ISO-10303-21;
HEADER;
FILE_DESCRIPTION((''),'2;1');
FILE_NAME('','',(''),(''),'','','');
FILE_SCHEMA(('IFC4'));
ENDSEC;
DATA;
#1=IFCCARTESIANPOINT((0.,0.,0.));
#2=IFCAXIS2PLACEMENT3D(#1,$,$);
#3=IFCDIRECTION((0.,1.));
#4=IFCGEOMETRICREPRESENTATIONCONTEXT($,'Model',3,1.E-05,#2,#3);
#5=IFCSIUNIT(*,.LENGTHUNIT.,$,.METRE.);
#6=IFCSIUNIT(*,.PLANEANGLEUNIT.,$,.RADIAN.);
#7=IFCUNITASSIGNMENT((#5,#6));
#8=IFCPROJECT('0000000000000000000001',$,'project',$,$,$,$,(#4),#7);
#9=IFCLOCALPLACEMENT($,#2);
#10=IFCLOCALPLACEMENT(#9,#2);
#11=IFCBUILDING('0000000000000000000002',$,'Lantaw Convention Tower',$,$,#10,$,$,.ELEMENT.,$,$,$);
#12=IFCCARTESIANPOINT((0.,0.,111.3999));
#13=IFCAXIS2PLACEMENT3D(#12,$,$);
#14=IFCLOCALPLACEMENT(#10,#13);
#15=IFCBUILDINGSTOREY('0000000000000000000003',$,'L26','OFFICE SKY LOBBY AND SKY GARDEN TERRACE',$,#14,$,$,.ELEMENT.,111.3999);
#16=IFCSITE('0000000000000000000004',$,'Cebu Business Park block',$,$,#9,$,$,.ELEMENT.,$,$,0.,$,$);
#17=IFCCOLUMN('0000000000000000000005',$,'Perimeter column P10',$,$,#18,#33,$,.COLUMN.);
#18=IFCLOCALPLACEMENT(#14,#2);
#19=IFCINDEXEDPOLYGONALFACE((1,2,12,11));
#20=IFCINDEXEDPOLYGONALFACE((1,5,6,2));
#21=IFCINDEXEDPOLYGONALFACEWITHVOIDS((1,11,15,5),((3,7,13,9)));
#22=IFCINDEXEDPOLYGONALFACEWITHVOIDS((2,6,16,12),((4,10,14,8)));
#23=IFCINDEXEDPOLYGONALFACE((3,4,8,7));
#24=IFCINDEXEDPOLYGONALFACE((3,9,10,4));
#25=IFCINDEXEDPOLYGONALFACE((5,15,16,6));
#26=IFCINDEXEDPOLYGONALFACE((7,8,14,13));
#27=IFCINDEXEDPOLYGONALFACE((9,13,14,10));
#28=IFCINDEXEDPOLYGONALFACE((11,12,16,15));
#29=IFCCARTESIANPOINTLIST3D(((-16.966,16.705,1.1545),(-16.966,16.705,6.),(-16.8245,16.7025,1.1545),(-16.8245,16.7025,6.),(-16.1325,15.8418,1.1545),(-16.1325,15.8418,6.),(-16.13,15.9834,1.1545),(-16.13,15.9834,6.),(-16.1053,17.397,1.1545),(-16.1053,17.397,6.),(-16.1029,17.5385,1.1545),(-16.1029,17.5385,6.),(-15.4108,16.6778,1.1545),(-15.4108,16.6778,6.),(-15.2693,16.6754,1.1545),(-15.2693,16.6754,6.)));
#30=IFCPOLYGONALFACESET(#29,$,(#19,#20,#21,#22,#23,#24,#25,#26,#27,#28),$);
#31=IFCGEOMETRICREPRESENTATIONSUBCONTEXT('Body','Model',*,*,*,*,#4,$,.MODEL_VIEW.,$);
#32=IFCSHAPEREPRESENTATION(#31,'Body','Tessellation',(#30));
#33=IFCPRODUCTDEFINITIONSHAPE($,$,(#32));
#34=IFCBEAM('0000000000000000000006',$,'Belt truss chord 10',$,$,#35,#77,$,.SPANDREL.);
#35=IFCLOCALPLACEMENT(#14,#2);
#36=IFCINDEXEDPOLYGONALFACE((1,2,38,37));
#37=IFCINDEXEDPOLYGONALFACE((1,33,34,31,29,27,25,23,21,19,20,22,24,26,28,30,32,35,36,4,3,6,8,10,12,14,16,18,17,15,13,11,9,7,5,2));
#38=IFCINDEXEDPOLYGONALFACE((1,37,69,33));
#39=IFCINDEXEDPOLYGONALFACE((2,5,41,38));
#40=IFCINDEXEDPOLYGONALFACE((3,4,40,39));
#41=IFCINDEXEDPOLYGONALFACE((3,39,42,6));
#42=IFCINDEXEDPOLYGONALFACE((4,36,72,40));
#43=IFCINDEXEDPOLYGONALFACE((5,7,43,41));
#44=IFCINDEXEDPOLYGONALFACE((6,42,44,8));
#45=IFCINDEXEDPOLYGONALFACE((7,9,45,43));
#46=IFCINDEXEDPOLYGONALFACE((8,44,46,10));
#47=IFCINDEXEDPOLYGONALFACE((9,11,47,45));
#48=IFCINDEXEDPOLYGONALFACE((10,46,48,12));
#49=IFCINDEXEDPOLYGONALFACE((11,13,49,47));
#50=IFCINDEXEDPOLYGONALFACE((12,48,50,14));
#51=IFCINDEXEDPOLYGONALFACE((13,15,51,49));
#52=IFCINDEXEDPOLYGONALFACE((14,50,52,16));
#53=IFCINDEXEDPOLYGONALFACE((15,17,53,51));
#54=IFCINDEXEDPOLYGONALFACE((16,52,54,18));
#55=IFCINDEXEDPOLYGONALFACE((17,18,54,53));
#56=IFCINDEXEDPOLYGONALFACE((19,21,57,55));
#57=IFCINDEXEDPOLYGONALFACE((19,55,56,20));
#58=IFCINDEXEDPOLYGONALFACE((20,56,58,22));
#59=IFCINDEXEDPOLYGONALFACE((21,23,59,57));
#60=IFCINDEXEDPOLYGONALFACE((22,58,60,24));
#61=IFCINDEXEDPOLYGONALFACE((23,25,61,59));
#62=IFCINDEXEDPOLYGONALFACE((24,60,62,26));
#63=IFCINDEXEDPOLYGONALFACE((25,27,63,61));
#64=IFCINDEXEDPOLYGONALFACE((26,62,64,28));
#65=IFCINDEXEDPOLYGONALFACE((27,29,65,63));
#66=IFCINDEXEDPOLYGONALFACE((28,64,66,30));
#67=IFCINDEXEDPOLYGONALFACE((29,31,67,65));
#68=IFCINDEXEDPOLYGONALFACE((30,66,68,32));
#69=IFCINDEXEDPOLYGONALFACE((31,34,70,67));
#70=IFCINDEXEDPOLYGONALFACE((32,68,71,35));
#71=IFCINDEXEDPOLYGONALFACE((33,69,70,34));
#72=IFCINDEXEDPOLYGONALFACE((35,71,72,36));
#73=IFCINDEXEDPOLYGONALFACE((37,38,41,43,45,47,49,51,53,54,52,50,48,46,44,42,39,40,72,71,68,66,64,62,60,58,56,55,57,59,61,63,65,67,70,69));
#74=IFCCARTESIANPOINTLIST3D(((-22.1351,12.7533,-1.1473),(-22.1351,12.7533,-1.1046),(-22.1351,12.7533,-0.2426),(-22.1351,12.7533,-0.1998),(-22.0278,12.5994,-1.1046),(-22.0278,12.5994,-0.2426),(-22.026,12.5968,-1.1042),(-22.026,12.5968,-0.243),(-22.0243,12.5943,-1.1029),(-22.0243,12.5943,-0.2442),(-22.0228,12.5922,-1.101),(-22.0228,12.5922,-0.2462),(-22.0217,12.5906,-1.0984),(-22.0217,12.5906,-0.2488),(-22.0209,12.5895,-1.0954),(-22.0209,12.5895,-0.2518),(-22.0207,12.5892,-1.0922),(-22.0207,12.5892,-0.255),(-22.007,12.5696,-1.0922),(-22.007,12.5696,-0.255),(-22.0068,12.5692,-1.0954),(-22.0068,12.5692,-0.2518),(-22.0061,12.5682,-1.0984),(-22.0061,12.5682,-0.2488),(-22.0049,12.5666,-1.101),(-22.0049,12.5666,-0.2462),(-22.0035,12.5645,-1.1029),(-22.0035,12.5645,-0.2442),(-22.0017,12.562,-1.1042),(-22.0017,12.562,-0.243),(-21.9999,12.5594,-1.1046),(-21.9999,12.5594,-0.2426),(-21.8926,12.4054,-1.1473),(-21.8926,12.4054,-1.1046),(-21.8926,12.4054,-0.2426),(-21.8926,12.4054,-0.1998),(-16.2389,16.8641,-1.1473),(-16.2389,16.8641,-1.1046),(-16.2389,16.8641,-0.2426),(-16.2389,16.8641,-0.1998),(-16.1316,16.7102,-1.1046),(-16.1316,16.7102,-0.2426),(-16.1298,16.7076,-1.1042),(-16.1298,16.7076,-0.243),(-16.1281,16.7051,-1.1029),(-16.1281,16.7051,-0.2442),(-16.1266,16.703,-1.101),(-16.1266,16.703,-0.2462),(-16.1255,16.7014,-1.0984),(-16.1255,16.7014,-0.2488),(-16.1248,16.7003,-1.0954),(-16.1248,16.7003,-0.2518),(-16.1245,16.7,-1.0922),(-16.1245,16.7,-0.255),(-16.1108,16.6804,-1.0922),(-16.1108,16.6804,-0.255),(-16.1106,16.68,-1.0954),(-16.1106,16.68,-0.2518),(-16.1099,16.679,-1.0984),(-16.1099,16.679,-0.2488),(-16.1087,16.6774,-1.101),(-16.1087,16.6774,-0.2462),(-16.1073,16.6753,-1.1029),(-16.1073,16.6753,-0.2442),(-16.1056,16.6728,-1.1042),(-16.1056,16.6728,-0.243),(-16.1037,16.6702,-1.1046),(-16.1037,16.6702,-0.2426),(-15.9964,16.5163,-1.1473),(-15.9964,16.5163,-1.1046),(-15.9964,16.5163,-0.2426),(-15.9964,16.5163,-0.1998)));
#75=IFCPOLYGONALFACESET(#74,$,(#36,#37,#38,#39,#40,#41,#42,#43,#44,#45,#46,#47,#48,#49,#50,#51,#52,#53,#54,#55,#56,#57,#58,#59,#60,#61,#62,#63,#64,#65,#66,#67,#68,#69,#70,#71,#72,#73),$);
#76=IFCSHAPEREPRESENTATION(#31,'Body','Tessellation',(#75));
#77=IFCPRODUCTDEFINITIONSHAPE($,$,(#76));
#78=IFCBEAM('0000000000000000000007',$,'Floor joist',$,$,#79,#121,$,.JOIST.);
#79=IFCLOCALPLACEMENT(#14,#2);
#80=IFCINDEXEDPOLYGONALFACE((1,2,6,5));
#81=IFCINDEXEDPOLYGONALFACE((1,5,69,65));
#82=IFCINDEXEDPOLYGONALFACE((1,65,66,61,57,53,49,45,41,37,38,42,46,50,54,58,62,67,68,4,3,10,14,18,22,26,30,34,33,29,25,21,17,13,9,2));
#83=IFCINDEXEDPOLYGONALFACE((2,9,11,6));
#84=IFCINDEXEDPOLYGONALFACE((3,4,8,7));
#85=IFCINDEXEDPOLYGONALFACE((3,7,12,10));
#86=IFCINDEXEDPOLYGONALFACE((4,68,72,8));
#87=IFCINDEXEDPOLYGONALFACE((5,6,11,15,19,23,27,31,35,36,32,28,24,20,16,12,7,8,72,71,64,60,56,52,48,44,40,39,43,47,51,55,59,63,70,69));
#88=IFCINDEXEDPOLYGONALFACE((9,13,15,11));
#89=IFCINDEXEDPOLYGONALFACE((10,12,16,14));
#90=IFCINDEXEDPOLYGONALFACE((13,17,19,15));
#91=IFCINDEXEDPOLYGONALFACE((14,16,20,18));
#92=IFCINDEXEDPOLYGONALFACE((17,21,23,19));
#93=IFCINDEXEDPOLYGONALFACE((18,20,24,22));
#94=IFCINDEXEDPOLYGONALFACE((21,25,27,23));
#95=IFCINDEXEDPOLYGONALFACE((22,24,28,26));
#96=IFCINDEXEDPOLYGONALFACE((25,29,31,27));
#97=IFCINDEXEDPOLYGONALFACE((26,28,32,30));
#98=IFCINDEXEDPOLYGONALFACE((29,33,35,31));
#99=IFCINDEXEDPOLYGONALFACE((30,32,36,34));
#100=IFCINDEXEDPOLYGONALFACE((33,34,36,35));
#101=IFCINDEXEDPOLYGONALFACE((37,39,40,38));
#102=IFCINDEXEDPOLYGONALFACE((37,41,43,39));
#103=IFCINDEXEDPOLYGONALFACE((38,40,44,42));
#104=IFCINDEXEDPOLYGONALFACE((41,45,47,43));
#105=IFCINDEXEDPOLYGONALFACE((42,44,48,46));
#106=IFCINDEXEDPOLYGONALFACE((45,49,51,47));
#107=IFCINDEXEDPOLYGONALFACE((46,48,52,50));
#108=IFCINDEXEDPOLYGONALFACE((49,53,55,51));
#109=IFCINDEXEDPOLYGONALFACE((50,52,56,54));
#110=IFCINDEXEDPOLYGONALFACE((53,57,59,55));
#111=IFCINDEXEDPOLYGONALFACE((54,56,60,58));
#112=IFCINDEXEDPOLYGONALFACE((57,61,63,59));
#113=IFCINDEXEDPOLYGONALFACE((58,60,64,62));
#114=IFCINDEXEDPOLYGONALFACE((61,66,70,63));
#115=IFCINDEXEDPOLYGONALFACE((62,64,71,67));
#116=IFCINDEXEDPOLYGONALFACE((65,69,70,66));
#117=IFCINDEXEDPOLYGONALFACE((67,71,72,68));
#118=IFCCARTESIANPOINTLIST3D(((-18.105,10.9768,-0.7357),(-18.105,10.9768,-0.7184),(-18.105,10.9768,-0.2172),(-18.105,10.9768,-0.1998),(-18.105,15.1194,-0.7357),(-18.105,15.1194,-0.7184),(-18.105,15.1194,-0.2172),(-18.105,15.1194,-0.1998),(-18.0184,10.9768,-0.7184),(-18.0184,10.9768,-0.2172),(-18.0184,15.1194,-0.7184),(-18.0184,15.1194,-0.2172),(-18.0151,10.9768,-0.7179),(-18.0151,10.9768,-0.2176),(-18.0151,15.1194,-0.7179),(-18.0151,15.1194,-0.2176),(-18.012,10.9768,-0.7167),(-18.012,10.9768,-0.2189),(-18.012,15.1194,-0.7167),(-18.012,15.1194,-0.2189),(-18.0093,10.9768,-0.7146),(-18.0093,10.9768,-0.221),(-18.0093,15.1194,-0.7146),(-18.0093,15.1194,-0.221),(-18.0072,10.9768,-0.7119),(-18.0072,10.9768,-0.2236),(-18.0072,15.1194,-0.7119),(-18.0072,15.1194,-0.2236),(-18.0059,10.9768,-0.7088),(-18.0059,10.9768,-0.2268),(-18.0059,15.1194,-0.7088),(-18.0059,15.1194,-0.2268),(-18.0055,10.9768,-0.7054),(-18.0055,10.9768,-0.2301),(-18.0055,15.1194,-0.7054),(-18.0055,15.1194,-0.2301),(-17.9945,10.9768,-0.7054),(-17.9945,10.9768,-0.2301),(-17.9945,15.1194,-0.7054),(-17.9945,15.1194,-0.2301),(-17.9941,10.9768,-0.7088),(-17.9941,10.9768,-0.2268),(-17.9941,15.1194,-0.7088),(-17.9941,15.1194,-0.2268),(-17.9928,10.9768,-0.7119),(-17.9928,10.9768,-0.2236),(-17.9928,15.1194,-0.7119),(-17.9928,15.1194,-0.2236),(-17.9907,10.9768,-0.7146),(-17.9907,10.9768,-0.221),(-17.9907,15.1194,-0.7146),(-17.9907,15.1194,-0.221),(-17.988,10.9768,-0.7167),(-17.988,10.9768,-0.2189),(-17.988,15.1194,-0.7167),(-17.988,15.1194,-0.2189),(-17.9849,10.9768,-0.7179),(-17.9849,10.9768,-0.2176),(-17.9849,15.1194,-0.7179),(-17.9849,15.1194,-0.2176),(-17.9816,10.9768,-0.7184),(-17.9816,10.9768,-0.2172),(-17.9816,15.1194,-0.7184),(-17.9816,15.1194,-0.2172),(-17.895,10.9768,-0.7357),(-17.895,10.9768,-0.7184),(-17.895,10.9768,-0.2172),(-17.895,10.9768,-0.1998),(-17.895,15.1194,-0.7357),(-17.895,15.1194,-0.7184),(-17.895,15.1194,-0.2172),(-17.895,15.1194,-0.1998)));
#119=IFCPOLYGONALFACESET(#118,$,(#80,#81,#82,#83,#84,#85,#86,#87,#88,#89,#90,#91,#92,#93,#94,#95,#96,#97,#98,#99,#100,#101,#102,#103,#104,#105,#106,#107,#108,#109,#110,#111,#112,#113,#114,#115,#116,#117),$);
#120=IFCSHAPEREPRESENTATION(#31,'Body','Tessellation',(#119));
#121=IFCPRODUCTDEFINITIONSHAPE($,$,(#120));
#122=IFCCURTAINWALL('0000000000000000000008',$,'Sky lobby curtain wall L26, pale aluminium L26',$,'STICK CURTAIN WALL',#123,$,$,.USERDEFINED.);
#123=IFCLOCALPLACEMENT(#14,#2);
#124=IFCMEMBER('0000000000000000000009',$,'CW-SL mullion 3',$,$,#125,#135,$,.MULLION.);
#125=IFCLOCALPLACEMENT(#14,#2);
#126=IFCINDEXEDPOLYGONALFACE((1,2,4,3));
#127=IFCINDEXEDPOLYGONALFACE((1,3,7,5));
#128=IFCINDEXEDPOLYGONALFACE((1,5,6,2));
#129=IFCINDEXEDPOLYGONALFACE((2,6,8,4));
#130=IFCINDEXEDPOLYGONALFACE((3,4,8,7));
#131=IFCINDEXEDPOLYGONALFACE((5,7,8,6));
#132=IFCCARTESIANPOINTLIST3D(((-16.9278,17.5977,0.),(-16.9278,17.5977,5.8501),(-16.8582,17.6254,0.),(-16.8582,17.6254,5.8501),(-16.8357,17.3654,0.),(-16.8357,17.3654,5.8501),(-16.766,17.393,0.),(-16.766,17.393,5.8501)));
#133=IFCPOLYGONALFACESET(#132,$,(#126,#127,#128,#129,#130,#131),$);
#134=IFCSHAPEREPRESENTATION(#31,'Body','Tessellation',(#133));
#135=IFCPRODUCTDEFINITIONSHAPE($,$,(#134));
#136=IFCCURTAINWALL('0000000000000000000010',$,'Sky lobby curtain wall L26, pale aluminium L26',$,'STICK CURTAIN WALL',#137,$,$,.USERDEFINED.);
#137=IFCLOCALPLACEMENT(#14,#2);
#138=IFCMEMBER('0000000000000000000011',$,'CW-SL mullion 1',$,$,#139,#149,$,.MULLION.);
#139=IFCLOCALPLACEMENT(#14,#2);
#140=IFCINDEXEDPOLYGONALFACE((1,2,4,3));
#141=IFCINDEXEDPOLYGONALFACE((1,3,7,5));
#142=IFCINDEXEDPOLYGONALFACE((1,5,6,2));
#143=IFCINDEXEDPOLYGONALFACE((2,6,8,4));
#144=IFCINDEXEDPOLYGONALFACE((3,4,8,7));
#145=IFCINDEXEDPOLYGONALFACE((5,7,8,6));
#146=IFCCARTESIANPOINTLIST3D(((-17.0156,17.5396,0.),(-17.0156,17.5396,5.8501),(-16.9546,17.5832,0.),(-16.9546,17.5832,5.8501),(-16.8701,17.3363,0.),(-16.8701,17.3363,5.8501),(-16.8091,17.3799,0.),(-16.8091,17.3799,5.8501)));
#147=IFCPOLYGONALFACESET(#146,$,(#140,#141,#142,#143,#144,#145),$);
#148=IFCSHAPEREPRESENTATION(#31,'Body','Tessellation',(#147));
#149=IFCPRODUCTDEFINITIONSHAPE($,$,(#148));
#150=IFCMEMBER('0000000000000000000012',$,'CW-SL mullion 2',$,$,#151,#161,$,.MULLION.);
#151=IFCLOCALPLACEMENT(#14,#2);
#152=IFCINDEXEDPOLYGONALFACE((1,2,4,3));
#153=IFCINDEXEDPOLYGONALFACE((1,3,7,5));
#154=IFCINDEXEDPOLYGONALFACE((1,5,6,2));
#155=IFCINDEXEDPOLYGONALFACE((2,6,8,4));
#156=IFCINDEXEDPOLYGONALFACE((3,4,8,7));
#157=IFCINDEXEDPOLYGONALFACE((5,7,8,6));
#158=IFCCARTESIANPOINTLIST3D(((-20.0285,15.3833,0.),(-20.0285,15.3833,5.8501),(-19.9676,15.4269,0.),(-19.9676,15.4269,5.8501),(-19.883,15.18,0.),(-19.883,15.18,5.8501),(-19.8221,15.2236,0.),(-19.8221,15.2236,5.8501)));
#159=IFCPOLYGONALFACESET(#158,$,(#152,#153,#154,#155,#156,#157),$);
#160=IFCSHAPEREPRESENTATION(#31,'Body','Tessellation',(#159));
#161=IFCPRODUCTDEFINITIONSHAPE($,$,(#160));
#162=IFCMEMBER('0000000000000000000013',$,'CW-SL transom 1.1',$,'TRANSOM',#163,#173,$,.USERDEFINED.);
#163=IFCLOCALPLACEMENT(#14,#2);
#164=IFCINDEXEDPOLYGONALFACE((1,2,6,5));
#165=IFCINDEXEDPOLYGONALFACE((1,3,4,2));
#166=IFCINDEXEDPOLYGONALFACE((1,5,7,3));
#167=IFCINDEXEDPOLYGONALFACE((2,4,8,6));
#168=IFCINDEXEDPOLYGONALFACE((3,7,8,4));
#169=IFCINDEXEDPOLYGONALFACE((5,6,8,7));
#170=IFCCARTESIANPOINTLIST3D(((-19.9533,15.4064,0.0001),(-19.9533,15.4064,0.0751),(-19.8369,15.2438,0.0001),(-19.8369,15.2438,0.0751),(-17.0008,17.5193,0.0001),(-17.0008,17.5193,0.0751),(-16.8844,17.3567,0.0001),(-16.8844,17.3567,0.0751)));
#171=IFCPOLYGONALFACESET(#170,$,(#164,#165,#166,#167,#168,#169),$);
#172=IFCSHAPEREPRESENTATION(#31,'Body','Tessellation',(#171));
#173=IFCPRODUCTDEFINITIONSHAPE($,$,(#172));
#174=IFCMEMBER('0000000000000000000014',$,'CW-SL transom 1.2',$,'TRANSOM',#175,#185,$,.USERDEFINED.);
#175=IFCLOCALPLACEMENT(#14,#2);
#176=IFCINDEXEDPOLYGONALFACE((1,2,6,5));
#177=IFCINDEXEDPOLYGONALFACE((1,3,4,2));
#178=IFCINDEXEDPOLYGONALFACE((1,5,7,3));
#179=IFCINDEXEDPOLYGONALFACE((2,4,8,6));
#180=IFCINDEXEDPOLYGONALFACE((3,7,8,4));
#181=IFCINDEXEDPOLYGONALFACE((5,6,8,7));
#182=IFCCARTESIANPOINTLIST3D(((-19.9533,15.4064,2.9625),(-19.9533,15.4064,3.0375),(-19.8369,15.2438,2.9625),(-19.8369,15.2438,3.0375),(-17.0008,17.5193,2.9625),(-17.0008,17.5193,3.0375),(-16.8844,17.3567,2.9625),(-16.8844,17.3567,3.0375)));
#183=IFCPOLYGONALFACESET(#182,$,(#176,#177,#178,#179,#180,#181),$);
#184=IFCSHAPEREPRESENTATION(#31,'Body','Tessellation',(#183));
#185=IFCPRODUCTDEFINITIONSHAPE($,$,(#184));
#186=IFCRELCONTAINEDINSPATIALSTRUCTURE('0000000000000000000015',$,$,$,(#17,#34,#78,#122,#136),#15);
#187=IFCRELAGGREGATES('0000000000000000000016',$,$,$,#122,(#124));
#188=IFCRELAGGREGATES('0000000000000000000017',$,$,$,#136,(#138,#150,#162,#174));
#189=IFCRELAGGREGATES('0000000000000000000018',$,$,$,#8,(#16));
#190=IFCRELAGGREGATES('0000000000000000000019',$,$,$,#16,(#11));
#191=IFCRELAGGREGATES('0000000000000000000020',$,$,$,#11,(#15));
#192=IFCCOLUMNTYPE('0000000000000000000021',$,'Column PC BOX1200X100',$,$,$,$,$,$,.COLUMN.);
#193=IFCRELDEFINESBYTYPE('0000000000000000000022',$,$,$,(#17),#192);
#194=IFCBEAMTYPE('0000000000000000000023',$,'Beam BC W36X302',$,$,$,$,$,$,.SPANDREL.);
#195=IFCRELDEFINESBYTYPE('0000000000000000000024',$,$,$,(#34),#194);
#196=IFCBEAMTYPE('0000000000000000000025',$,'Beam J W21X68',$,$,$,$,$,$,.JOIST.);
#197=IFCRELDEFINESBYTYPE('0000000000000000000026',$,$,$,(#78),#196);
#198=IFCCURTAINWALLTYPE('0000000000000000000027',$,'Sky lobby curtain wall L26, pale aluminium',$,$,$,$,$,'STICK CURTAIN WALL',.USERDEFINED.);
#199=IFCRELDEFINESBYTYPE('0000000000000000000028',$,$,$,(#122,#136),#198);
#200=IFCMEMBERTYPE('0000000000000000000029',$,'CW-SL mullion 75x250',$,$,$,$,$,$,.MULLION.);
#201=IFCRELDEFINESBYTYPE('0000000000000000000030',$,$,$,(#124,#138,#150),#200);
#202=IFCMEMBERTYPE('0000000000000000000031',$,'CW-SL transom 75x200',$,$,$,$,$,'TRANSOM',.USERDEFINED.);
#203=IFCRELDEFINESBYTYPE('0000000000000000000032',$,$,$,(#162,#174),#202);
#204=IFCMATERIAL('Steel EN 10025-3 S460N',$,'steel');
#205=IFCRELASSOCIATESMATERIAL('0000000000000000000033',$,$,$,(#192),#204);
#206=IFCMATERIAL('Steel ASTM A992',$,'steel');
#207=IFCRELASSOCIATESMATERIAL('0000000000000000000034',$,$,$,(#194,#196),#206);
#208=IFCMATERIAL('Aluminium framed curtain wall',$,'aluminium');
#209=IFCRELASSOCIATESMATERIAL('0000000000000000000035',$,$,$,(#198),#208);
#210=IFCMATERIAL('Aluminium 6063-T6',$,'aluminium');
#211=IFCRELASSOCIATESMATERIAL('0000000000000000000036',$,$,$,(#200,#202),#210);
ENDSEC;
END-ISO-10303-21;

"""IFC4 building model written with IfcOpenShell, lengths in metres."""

from ifc_helpers import new_model, si_unit, direction, frame, origin, origin_2d, place, context, subcontext, project, spatial, rectangle, hollow_rectangle, i_section, extrude, material, material_profile, profile_set, type_object, element, aggregate, save


model = new_model("IFC4")

# Units and contexts
model_context = context("Model", 3, precision=1e-05, world=origin(), true_north=direction((0.0, 1.0)))
body_context = subcontext(model_context, "Body", "Model", "MODEL_VIEW")
ifc_project = project(units=[si_unit("LENGTHUNIT", "METRE"), si_unit("PLANEANGLEUNIT", "RADIAN")], contexts=[model_context])

# Site, building, storey
site_placement = place(None, origin())
site = spatial("IfcSite", under=ifc_project, at=site_placement, Name="Cebu Business Park block", CompositionType="ELEMENT", RefElevation=0.0)
building_placement = place(site_placement, origin())
building = spatial("IfcBuilding", under=site, at=building_placement, Name="Lantaw Convention Tower", CompositionType="ELEMENT")
storey_placement = place(building_placement, frame((0.0, 0.0, 111.3999)))
storey = spatial("IfcBuildingStorey", under=building, at=storey_placement, Name="L26", Description="OFFICE SKY LOBBY AND SKY GARDEN TERRACE", CompositionType="ELEMENT", Elevation=111.3999)

# Column
ifc_material_1 = material(Name="Steel EN 10025-3 S460N", Category="steel")
ifc_material_profile_1 = material_profile(ifc_material_1, hollow_rectangle(XDim=1.2, YDim=1.2, WallThickness=0.1001, at=origin_2d()), Name="BOX1200X100")
ifc_material_2 = material(Name="Concrete C60/75", Category="concrete")
ifc_material_profile_2 = material_profile(ifc_material_2, rectangle(XDim=1.0, YDim=1.0, at=origin_2d()), Name="Concrete fill of BOX1200X100")
ifc_profile_set_1 = profile_set([ifc_material_profile_1, ifc_material_profile_2], Name="Steel EN 10025-3 S460N")
column_type = type_object("IfcColumnType", Name="Column PC BOX1200X100", PredefinedType="COLUMN", material=ifc_profile_set_1)
column_placement = place(storey_placement, frame((-16.1177, 16.6902, 1.1545), z_axis=(0.0, 0.0, 1.0), x_axis=(0.71934, 0.694658, 0.0)))
element("IfcColumn", 1, at=column_placement, inside=storey, type_object=column_type, Name="Perimeter column P10", PredefinedType="COLUMN", context=body_context, shape_type="SweptSolid", body=[
    extrude(hollow_rectangle(XDim=1.2, YDim=1.2, WallThickness=0.1001, at=origin_2d()), origin(), (0.0, 0.0, 1.0), 4.8455),
])

# Beams
ifc_material_3 = material(Name="Steel ASTM A992", Category="steel")
ifc_material_profile_3 = material_profile(ifc_material_3, i_section(OverallWidth=0.4241, OverallDepth=0.9475, WebThickness=0.0239, FlangeThickness=0.0427, FilletRadius=0.0125, at=origin_2d()), Name="W36X302")
ifc_profile_set_2 = profile_set([ifc_material_profile_3], Name="Steel ASTM A992")
beam_type_1 = type_object("IfcBeamType", Name="Beam BC W36X302", PredefinedType="SPANDREL", material=ifc_profile_set_2)
beam_1_placement = place(storey_placement, frame((-16.1177, 16.6902, -0.6736), z_axis=(-0.820311, -0.571918, 0.0), x_axis=(0.571918, -0.820311, 0.0)))
element("IfcBeam", 2, at=beam_1_placement, inside=storey, type_object=beam_type_1, Name="Belt truss chord 10", PredefinedType="SPANDREL", context=body_context, shape_type="SweptSolid", body=[
    extrude(i_section(OverallWidth=0.4241, OverallDepth=0.9475, WebThickness=0.0239, FlangeThickness=0.0427, FilletRadius=0.0125, at=origin_2d()), origin(), (0.0, 0.0, 1.0), 7.1877),
])
ifc_material_profile_4 = material_profile(ifc_material_3, i_section(OverallWidth=0.21, OverallDepth=0.5359, WebThickness=0.011, FlangeThickness=0.0173, FilletRadius=0.0129, at=origin_2d()), Name="W21X68")
ifc_profile_set_3 = profile_set([ifc_material_profile_4], Name="Steel ASTM A992")
beam_type_2 = type_object("IfcBeamType", Name="Beam J W21X68", PredefinedType="JOIST", material=ifc_profile_set_3)
beam_2_placement = place(storey_placement, frame((-18.0, 10.9768, -0.4678), z_axis=(0.0, 1.0, 0.0), x_axis=(-1.0, 0.0, 0.0)))
element("IfcBeam", 3, at=beam_2_placement, inside=storey, type_object=beam_type_2, Name="Floor joist", PredefinedType="JOIST", context=body_context, shape_type="SweptSolid", body=[
    extrude(i_section(OverallWidth=0.21, OverallDepth=0.5359, WebThickness=0.011, FlangeThickness=0.0173, FilletRadius=0.0129, at=origin_2d()), origin(), (0.0, 0.0, 1.0), 4.1426),
])

# Curtain wall, member
ifc_material_4 = material(Name="Aluminium framed curtain wall", Category="aluminium")
curtain_wall_type = type_object("IfcCurtainWallType", Name="Sky lobby curtain wall L26, pale aluminium", ElementType="STICK CURTAIN WALL", PredefinedType="USERDEFINED", material=ifc_material_4)
curtain_wall_1_placement = place(storey_placement, origin())
curtain_wall_1 = element("IfcCurtainWall", 4, at=curtain_wall_1_placement, inside=storey, type_object=curtain_wall_type, Name="Sky lobby curtain wall L26, pale aluminium L26", ObjectType="STICK CURTAIN WALL", PredefinedType="USERDEFINED")
ifc_material_5 = material(Name="Aluminium 6063-T6", Category="aluminium")
ifc_material_profile_5 = material_profile(ifc_material_5, rectangle(XDim=0.25, YDim=0.075, at=origin_2d()), Name="CW-SL mullion 75x250")
ifc_profile_set_4 = profile_set([ifc_material_profile_5], Name="Aluminium 6063-T6")
member_type_1 = type_object("IfcMemberType", Name="CW-SL mullion 75x250", PredefinedType="MULLION", material=ifc_profile_set_4)
member_1_placement = place(storey_placement, frame((-16.8469, 17.4954, 0.0), z_axis=(0.0, 0.0, 1.0), x_axis=(0.368702, -0.929548, 0.0)))
member_1 = element("IfcMember", 5, at=member_1_placement, type_object=member_type_1, Name="CW-SL mullion 3", PredefinedType="MULLION", context=body_context, shape_type="SweptSolid", body=[
    extrude(rectangle(XDim=0.25, YDim=0.075, at=origin_2d()), origin(), (0.0, 0.0, 1.0), 5.8501),
])

# Curtain wall, members
curtain_wall_2_placement = place(storey_placement, origin())
curtain_wall_2 = element("IfcCurtainWall", 6, at=curtain_wall_2_placement, inside=storey, type_object=curtain_wall_type, Name="Sky lobby curtain wall L26, pale aluminium L26", ObjectType="STICK CURTAIN WALL", PredefinedType="USERDEFINED")
member_2_placement = place(storey_placement, frame((-16.9124, 17.4597, 0.0), z_axis=(0.0, 0.0, 1.0), x_axis=(0.581973, -0.813208, 0.0)))
member_2 = element("IfcMember", 7, at=member_2_placement, type_object=member_type_1, Name="CW-SL mullion 1", PredefinedType="MULLION", context=body_context, shape_type="SweptSolid", body=[
    extrude(rectangle(XDim=0.25, YDim=0.075, at=origin_2d()), origin(), (0.0, 0.0, 1.0), 5.8501),
])
member_3_placement = place(storey_placement, frame((-19.9253, 15.3035, 0.0), z_axis=(0.0, 0.0, 1.0), x_axis=(0.581973, -0.813208, 0.0)))
member_3 = element("IfcMember", 8, at=member_3_placement, type_object=member_type_1, Name="CW-SL mullion 2", PredefinedType="MULLION", context=body_context, shape_type="SweptSolid", body=[
    extrude(rectangle(XDim=0.25, YDim=0.075, at=origin_2d()), origin(), (0.0, 0.0, 1.0), 5.8501),
])
ifc_material_profile_6 = material_profile(ifc_material_5, rectangle(XDim=0.2, YDim=0.075, at=origin_2d()), Name="CW-SL transom 75x200")
ifc_profile_set_5 = profile_set([ifc_material_profile_6], Name="Aluminium 6063-T6")
member_type_2 = type_object("IfcMemberType", Name="CW-SL transom 75x200", ElementType="TRANSOM", PredefinedType="USERDEFINED", material=ifc_profile_set_5)
member_4_placement = place(storey_placement, frame((-16.9426, 17.438, 0.0376), z_axis=(-0.81322, -0.581957, 0.0), x_axis=(0.581957, -0.81322, 0.0)))
member_4 = element("IfcMember", 9, at=member_4_placement, type_object=member_type_2, Name="CW-SL transom 1.1", ObjectType="TRANSOM", PredefinedType="USERDEFINED", context=body_context, shape_type="SweptSolid", body=[
    extrude(rectangle(XDim=0.2, YDim=0.075, at=origin_2d()), origin(), (0.0, 0.0, 1.0), 3.6306),
])
member_5_placement = place(storey_placement, frame((-16.9426, 17.438, 3.0), z_axis=(-0.81322, -0.581957, 0.0), x_axis=(0.581957, -0.81322, 0.0)))
member_5 = element("IfcMember", 10, at=member_5_placement, type_object=member_type_2, Name="CW-SL transom 1.2", ObjectType="TRANSOM", PredefinedType="USERDEFINED", context=body_context, shape_type="SweptSolid", body=[
    extrude(rectangle(XDim=0.2, YDim=0.075, at=origin_2d()), origin(), (0.0, 0.0, 1.0), 3.6306),
])

aggregate(curtain_wall_1, [member_1])
aggregate(curtain_wall_2, [member_2, member_3, member_4, member_5])

save(model, "model.ifc")
